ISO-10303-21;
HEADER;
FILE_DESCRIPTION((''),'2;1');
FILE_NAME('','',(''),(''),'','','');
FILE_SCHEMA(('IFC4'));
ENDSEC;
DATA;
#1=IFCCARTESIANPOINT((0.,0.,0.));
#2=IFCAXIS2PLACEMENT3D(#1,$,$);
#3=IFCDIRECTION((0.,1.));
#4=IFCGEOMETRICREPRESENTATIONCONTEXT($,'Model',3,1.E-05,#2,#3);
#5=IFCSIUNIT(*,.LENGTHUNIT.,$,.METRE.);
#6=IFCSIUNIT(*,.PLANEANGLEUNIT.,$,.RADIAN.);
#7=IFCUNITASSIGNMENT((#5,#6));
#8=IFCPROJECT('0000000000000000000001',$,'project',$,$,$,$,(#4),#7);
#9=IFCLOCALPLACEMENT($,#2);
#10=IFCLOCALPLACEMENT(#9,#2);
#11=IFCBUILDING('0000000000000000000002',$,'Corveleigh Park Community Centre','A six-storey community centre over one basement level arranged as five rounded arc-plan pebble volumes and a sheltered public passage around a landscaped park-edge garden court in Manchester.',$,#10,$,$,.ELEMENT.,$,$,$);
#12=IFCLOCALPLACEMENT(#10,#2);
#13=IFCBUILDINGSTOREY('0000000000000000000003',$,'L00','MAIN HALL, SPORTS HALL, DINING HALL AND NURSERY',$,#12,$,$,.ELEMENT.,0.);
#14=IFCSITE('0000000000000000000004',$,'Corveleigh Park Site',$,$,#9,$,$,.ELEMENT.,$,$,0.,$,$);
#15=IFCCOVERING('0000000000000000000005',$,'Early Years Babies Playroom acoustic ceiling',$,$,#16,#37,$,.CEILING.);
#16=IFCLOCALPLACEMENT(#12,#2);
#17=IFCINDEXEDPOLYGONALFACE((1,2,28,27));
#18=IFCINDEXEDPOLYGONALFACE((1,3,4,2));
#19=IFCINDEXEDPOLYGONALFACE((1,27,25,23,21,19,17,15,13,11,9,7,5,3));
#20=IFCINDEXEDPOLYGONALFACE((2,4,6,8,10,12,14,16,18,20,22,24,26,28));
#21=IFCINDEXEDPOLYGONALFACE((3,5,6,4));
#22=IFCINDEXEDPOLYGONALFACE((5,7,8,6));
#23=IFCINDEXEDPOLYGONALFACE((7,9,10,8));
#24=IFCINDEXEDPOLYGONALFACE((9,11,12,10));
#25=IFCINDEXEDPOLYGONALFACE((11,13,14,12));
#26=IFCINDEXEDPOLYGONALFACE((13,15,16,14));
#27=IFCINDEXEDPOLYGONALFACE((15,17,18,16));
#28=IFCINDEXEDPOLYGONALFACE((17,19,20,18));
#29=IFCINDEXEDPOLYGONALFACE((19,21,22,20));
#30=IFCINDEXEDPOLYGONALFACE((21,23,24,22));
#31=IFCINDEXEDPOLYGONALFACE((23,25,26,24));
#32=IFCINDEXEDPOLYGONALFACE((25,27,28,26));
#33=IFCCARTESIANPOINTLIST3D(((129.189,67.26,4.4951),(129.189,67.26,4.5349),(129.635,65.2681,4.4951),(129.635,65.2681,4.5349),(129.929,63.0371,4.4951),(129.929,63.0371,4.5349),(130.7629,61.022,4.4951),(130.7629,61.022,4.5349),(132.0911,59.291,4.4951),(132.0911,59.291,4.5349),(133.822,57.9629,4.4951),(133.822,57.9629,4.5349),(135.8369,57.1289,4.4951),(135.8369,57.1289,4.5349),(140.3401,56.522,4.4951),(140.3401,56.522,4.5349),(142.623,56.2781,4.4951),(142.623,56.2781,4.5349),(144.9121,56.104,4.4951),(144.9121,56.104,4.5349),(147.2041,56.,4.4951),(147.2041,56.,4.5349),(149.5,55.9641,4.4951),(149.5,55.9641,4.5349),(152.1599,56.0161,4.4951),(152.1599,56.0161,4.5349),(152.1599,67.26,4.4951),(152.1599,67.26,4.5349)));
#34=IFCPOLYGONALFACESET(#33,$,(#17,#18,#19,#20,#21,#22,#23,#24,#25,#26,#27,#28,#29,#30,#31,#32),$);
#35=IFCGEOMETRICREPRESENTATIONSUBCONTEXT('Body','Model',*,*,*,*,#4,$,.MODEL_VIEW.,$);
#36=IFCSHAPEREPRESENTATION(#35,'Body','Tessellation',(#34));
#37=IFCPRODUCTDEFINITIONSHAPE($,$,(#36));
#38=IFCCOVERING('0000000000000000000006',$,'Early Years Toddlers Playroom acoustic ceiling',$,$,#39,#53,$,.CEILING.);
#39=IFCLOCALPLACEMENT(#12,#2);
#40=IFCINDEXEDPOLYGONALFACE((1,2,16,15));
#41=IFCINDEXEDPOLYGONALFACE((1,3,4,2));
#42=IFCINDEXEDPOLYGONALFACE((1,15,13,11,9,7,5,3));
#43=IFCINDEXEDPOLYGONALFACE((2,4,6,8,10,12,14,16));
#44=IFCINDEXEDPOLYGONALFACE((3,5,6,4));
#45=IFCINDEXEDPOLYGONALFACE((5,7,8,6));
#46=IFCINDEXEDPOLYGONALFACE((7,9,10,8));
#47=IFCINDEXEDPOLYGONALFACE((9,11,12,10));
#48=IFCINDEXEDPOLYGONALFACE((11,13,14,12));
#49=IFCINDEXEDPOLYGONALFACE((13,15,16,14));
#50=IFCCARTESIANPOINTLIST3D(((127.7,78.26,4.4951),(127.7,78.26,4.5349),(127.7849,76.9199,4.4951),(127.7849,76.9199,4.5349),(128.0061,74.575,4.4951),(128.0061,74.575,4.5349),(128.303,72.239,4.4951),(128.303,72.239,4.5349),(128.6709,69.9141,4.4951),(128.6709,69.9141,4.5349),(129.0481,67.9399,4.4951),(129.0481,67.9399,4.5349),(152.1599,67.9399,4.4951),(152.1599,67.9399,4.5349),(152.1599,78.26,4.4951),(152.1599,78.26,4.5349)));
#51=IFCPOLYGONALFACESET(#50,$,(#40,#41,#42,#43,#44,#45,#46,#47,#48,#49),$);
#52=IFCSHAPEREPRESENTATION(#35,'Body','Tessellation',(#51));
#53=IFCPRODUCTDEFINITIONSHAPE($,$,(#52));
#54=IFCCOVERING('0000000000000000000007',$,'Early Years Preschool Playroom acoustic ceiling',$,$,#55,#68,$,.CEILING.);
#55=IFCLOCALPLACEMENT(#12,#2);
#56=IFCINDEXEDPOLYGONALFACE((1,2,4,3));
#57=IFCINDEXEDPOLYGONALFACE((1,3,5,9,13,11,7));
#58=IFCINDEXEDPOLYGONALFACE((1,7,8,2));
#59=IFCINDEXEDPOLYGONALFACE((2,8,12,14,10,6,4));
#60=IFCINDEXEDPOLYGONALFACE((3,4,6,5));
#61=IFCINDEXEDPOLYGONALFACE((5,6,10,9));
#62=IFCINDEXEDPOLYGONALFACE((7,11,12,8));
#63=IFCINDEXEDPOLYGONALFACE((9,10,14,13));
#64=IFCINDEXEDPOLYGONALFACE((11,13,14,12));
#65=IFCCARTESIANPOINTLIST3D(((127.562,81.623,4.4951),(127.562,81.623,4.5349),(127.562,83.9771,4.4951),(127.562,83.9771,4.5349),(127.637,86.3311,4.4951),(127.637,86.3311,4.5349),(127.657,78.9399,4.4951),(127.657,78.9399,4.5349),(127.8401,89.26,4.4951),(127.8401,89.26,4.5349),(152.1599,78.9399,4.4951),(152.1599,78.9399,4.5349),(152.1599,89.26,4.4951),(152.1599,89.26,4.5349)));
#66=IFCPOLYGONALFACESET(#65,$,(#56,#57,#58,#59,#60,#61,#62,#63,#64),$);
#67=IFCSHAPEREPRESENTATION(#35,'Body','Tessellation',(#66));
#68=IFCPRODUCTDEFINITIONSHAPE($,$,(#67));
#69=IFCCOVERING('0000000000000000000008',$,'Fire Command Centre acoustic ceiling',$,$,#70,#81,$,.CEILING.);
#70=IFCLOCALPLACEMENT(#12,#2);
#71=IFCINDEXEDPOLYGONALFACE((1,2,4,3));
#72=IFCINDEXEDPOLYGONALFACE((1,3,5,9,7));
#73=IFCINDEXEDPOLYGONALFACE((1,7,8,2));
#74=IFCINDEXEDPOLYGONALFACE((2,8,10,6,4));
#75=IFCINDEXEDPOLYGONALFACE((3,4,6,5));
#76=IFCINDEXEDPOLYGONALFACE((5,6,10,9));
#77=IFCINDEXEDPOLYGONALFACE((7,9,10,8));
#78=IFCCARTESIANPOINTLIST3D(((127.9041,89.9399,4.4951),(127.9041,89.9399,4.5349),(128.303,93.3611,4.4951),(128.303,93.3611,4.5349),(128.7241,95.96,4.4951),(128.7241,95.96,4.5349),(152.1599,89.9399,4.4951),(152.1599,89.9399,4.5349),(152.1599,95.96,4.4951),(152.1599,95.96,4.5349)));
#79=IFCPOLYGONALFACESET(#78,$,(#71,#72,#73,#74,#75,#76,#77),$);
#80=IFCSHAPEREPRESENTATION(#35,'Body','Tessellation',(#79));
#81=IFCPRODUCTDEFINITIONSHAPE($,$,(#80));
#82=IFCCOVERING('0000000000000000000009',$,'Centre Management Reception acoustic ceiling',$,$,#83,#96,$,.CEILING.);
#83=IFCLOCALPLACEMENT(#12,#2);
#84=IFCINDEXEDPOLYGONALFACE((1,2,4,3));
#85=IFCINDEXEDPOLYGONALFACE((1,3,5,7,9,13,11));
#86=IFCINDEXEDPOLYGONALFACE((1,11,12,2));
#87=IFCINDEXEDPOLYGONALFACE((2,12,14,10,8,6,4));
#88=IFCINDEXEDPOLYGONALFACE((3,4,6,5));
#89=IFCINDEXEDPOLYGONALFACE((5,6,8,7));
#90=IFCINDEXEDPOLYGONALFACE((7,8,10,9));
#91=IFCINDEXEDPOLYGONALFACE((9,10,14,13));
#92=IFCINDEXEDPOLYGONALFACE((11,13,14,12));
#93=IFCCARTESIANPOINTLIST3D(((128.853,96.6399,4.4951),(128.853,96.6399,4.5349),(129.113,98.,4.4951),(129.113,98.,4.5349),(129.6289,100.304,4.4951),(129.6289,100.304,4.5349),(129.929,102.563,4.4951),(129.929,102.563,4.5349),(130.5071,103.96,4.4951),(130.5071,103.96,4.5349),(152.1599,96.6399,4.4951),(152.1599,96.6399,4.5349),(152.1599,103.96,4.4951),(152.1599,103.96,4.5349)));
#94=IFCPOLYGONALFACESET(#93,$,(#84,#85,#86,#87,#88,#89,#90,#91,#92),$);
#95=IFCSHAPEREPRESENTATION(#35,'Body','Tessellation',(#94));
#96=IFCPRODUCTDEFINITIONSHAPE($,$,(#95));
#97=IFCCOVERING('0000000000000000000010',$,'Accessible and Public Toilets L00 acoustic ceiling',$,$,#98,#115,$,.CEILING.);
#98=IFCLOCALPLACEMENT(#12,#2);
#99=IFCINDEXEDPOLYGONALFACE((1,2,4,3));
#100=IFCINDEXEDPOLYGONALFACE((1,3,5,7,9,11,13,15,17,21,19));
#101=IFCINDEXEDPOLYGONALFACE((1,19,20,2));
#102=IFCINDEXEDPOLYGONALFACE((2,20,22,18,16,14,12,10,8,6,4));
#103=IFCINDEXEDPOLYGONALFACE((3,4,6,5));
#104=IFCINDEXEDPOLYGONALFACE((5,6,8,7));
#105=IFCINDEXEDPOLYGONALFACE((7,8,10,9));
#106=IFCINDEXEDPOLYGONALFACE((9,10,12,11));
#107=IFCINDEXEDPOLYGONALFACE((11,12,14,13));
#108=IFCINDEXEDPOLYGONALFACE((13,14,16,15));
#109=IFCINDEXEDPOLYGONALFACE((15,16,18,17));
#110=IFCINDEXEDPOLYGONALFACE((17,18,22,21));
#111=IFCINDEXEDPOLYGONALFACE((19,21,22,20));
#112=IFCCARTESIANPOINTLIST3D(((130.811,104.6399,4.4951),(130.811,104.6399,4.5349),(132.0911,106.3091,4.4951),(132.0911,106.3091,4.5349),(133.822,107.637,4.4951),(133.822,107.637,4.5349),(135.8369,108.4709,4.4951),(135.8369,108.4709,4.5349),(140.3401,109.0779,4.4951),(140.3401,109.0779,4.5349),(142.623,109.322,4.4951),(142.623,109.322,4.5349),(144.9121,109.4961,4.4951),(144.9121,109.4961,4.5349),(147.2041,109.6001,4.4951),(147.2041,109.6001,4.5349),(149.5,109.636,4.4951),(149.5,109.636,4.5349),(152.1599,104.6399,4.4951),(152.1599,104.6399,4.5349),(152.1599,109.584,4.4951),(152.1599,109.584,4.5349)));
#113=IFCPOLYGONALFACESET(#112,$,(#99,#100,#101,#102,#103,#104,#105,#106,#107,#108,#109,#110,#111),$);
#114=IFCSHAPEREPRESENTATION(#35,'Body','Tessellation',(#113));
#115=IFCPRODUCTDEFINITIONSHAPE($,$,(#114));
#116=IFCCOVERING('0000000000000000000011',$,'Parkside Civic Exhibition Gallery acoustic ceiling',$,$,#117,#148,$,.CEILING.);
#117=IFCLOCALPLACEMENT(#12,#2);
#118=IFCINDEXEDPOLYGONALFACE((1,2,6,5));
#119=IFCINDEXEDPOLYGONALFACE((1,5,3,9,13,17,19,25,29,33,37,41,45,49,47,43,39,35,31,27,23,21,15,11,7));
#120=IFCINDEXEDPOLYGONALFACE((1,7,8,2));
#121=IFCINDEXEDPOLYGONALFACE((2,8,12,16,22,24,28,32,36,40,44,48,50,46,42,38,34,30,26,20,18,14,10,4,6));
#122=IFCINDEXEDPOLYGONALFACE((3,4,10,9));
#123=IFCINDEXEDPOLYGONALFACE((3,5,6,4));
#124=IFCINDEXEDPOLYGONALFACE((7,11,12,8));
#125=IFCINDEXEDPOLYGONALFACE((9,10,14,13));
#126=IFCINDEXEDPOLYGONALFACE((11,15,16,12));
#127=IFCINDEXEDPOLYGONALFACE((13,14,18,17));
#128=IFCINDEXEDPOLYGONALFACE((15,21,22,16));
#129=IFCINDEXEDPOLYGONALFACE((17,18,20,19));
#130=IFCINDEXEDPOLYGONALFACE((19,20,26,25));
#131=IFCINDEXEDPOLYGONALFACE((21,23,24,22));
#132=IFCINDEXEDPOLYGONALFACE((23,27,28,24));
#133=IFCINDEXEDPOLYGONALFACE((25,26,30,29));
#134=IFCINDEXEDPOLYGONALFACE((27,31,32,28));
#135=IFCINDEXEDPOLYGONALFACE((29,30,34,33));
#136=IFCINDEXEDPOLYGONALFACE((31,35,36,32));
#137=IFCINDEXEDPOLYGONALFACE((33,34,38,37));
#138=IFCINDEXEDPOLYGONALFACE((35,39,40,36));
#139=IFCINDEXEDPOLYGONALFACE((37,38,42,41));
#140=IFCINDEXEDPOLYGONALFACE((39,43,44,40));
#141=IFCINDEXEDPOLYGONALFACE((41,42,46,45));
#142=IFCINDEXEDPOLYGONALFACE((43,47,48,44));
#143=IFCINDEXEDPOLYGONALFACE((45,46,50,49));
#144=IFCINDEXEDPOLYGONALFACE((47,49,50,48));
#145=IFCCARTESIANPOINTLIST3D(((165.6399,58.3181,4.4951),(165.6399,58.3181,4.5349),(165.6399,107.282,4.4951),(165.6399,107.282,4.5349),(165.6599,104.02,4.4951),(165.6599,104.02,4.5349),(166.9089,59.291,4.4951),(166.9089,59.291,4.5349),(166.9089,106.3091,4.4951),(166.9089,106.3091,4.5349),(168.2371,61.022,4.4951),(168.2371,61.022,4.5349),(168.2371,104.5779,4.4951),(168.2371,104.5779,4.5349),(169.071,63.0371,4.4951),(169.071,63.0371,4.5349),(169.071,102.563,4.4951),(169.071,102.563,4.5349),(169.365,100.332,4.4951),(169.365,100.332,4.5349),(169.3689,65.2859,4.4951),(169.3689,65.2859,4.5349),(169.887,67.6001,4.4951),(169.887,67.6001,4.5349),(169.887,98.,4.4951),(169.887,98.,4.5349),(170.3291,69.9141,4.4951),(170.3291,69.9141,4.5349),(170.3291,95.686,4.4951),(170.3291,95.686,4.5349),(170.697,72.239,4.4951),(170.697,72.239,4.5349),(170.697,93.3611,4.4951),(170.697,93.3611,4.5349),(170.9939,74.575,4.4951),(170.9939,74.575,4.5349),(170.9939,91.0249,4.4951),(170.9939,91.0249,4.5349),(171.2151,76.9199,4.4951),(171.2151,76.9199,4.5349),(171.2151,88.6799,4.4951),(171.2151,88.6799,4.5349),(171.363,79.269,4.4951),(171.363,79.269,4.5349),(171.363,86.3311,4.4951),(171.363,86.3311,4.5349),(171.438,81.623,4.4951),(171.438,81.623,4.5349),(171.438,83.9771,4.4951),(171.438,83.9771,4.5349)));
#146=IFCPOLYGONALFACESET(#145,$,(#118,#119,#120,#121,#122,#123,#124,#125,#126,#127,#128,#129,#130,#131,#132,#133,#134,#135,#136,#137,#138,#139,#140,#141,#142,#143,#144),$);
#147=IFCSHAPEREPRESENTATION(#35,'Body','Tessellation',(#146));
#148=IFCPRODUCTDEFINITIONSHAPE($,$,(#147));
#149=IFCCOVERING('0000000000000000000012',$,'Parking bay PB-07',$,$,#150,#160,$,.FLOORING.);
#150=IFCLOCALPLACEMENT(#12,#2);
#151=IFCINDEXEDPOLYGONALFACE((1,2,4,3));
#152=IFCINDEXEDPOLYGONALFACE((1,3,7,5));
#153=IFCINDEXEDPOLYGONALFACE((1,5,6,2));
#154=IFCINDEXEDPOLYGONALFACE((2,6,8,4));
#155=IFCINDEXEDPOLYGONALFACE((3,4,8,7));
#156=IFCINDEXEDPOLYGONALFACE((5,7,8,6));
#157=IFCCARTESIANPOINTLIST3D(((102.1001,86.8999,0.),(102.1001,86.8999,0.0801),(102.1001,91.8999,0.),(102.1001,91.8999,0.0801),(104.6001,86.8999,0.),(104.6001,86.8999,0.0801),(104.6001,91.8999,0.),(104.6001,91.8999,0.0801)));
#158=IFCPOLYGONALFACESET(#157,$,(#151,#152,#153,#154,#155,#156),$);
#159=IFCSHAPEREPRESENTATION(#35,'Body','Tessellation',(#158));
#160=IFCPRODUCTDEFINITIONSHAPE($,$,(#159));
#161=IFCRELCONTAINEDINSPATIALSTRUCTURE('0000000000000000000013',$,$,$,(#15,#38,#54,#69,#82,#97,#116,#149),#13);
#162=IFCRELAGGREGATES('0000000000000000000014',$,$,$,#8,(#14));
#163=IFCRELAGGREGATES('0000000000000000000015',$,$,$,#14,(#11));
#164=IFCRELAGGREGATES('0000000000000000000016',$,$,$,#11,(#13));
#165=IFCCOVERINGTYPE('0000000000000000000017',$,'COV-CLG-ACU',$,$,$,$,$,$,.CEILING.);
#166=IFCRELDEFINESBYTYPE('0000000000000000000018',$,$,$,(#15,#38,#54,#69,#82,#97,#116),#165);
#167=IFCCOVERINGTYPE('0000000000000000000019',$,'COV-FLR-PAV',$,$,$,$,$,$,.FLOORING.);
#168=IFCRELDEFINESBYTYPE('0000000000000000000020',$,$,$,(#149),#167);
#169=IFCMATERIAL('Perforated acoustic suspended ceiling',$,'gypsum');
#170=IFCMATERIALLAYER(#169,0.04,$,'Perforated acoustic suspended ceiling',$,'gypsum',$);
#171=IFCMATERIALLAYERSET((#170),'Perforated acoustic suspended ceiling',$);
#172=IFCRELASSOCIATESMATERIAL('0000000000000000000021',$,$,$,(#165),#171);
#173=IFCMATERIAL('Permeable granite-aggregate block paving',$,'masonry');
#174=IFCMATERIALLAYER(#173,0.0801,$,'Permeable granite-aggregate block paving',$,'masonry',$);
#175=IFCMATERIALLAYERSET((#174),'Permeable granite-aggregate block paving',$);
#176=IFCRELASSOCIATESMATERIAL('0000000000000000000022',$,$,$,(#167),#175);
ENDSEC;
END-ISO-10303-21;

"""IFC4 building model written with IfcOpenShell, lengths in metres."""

from ifc_helpers import new_model, si_unit, direction, frame, origin, place, context, subcontext, project, spatial, polyline, outline, extrude, material, layer, layer_set, type_object, element, save


model = new_model("IFC4")

# Units and contexts
model_context = context("Model", 3, precision=1e-05, world=origin(), true_north=direction((0.0, 1.0)))
body_context = subcontext(model_context, "Body", "Model", "MODEL_VIEW")
ifc_project = project(units=[si_unit("LENGTHUNIT", "METRE"), si_unit("PLANEANGLEUNIT", "RADIAN")], contexts=[model_context])

# Site, building, storey
site_placement = place(None, origin())
site = spatial("IfcSite", under=ifc_project, at=site_placement, Name="Corveleigh Park Site", CompositionType="ELEMENT", RefElevation=0.0)
building_placement = place(site_placement, origin())
building = spatial("IfcBuilding", under=site, at=building_placement, Name="Corveleigh Park Community Centre", Description="A six-storey community centre over one basement level arranged as five rounded arc-plan pebble volumes and a sheltered public passage around a landscaped park-edge garden court in Manchester.", CompositionType="ELEMENT")
storey_placement = place(building_placement, origin())
storey = spatial("IfcBuildingStorey", under=building, at=storey_placement, Name="L00", Description="MAIN HALL, SPORTS HALL, DINING HALL AND NURSERY", CompositionType="ELEMENT", Elevation=0.0)

# Coverings
ifc_material_1 = material(Name="Perforated acoustic suspended ceiling", Category="gypsum")
ifc_layer_1 = layer(ifc_material_1, 0.04, Name="Perforated acoustic suspended ceiling", Category="gypsum")
ifc_layer_set_1 = layer_set([ifc_layer_1], Name="Perforated acoustic suspended ceiling")
covering_type_1 = type_object("IfcCoveringType", Name="COV-CLG-ACU", PredefinedType="CEILING", material=ifc_layer_set_1)
covering_1_placement = place(storey_placement, frame((0.0, 0.0, 4.4951)))
element("IfcCovering", 1, at=covering_1_placement, inside=storey, type_object=covering_type_1, Name="Early Years Babies Playroom acoustic ceiling", PredefinedType="CEILING", context=body_context, shape_type="SweptSolid", body=[
    extrude(outline(polyline([(132.0911, 59.291), (130.7629, 61.022), (129.929, 63.0371), (129.635, 65.2681), (129.189, 67.26), (152.1599, 67.26), (152.1599, 56.0161), (149.5, 55.9641), (147.2041, 56.0), (144.9121, 56.104), (142.623, 56.2781), (140.3401, 56.522), (135.8369, 57.1289), (133.822, 57.9629), (132.0911, 59.291)])), origin(), (0.0, 0.0, 1.0), 0.0398),
])
covering_2_placement = place(storey_placement, frame((0.0, 0.0, 4.4951)))
element("IfcCovering", 2, at=covering_2_placement, inside=storey, type_object=covering_type_1, Name="Early Years Toddlers Playroom acoustic ceiling", PredefinedType="CEILING", context=body_context, shape_type="SweptSolid", body=[
    extrude(outline(polyline([(127.7849, 76.9199), (127.7, 78.26), (152.1599, 78.26), (152.1599, 67.9399), (129.0481, 67.9399), (128.6709, 69.9141), (128.303, 72.239), (128.0061, 74.575), (127.7849, 76.9199)])), origin(), (0.0, 0.0, 1.0), 0.0398),
])
covering_3_placement = place(storey_placement, frame((0.0, 0.0, 4.4951)))
element("IfcCovering", 3, at=covering_3_placement, inside=storey, type_object=covering_type_1, Name="Early Years Preschool Playroom acoustic ceiling", PredefinedType="CEILING", context=body_context, shape_type="SweptSolid", body=[
    extrude(outline(polyline([(127.562, 83.9771), (127.637, 86.3311), (127.8401, 89.26), (152.1599, 89.26), (152.1599, 78.9399), (127.657, 78.9399), (127.562, 81.623), (127.562, 83.9771)])), origin(), (0.0, 0.0, 1.0), 0.0398),
])
covering_4_placement = place(storey_placement, frame((0.0, 0.0, 4.4951)))
element("IfcCovering", 4, at=covering_4_placement, inside=storey, type_object=covering_type_1, Name="Fire Command Centre acoustic ceiling", PredefinedType="CEILING", context=body_context, shape_type="SweptSolid", body=[
    extrude(outline(polyline([(152.1599, 95.96), (152.1599, 89.9399), (127.9041, 89.9399), (128.303, 93.3611), (128.7241, 95.96), (152.1599, 95.96)])), origin(), (0.0, 0.0, 1.0), 0.0398),
])
covering_5_placement = place(storey_placement, frame((0.0, 0.0, 4.4951)))
element("IfcCovering", 5, at=covering_5_placement, inside=storey, type_object=covering_type_1, Name="Centre Management Reception acoustic ceiling", PredefinedType="CEILING", context=body_context, shape_type="SweptSolid", body=[
    extrude(outline(polyline([(129.6289, 100.304), (129.929, 102.563), (130.5071, 103.96), (152.1599, 103.96), (152.1599, 96.6399), (128.853, 96.6399), (129.113, 98.0), (129.6289, 100.304)])), origin(), (0.0, 0.0, 1.0), 0.0398),
])
covering_6_placement = place(storey_placement, frame((0.0, 0.0, 4.4951)))
element("IfcCovering", 6, at=covering_6_placement, inside=storey, type_object=covering_type_1, Name="Accessible and Public Toilets L00 acoustic ceiling", PredefinedType="CEILING", context=body_context, shape_type="SweptSolid", body=[
    extrude(outline(polyline([(149.5, 109.636), (152.1599, 109.584), (152.1599, 104.6399), (130.811, 104.6399), (132.0911, 106.3091), (133.822, 107.637), (135.8369, 108.4709), (140.3401, 109.0779), (142.623, 109.322), (144.9121, 109.4961), (147.2041, 109.6001), (149.5, 109.636)])), origin(), (0.0, 0.0, 1.0), 0.0398),
])
covering_7_placement = place(storey_placement, frame((0.0, 0.0, 4.4951)))
element("IfcCovering", 7, at=covering_7_placement, inside=storey, type_object=covering_type_1, Name="Parkside Civic Exhibition Gallery acoustic ceiling", PredefinedType="CEILING", context=body_context, shape_type="SweptSolid", body=[
    extrude(outline(polyline([(165.6399, 58.3181), (165.6599, 104.02), (165.6399, 107.282), (166.9089, 106.3091), (168.2371, 104.5779), (169.071, 102.563), (169.365, 100.332), (169.887, 98.0), (170.3291, 95.686), (170.697, 93.3611), (170.9939, 91.0249), (171.2151, 88.6799), (171.363, 86.3311), (171.438, 83.9771), (171.438, 81.623), (171.363, 79.269), (171.2151, 76.9199), (170.9939, 74.575), (170.697, 72.239), (170.3291, 69.9141), (169.887, 67.6001), (169.3689, 65.2859), (169.071, 63.0371), (168.2371, 61.022), (166.9089, 59.291), (165.6399, 58.3181)])), origin(), (0.0, 0.0, 1.0), 0.0398),
])
ifc_material_2 = material(Name="Permeable granite-aggregate block paving", Category="masonry")
ifc_layer_2 = layer(ifc_material_2, 0.0801, Name="Permeable granite-aggregate block paving", Category="masonry")
ifc_layer_set_2 = layer_set([ifc_layer_2], Name="Permeable granite-aggregate block paving")
covering_type_2 = type_object("IfcCoveringType", Name="COV-FLR-PAV", PredefinedType="FLOORING", material=ifc_layer_set_2)
covering_8_placement = place(storey_placement, origin())
element("IfcCovering", 8, at=covering_8_placement, inside=storey, type_object=covering_type_2, Name="Parking bay PB-07", PredefinedType="FLOORING", context=body_context, shape_type="SweptSolid", body=[
    extrude(outline(polyline([(102.1001, 86.8999), (104.6001, 86.8999), (104.6001, 91.8999), (102.1001, 91.8999), (102.1001, 86.8999)])), origin(), (0.0, 0.0, 1.0), 0.0801),
])

save(model, "model.ifc")
